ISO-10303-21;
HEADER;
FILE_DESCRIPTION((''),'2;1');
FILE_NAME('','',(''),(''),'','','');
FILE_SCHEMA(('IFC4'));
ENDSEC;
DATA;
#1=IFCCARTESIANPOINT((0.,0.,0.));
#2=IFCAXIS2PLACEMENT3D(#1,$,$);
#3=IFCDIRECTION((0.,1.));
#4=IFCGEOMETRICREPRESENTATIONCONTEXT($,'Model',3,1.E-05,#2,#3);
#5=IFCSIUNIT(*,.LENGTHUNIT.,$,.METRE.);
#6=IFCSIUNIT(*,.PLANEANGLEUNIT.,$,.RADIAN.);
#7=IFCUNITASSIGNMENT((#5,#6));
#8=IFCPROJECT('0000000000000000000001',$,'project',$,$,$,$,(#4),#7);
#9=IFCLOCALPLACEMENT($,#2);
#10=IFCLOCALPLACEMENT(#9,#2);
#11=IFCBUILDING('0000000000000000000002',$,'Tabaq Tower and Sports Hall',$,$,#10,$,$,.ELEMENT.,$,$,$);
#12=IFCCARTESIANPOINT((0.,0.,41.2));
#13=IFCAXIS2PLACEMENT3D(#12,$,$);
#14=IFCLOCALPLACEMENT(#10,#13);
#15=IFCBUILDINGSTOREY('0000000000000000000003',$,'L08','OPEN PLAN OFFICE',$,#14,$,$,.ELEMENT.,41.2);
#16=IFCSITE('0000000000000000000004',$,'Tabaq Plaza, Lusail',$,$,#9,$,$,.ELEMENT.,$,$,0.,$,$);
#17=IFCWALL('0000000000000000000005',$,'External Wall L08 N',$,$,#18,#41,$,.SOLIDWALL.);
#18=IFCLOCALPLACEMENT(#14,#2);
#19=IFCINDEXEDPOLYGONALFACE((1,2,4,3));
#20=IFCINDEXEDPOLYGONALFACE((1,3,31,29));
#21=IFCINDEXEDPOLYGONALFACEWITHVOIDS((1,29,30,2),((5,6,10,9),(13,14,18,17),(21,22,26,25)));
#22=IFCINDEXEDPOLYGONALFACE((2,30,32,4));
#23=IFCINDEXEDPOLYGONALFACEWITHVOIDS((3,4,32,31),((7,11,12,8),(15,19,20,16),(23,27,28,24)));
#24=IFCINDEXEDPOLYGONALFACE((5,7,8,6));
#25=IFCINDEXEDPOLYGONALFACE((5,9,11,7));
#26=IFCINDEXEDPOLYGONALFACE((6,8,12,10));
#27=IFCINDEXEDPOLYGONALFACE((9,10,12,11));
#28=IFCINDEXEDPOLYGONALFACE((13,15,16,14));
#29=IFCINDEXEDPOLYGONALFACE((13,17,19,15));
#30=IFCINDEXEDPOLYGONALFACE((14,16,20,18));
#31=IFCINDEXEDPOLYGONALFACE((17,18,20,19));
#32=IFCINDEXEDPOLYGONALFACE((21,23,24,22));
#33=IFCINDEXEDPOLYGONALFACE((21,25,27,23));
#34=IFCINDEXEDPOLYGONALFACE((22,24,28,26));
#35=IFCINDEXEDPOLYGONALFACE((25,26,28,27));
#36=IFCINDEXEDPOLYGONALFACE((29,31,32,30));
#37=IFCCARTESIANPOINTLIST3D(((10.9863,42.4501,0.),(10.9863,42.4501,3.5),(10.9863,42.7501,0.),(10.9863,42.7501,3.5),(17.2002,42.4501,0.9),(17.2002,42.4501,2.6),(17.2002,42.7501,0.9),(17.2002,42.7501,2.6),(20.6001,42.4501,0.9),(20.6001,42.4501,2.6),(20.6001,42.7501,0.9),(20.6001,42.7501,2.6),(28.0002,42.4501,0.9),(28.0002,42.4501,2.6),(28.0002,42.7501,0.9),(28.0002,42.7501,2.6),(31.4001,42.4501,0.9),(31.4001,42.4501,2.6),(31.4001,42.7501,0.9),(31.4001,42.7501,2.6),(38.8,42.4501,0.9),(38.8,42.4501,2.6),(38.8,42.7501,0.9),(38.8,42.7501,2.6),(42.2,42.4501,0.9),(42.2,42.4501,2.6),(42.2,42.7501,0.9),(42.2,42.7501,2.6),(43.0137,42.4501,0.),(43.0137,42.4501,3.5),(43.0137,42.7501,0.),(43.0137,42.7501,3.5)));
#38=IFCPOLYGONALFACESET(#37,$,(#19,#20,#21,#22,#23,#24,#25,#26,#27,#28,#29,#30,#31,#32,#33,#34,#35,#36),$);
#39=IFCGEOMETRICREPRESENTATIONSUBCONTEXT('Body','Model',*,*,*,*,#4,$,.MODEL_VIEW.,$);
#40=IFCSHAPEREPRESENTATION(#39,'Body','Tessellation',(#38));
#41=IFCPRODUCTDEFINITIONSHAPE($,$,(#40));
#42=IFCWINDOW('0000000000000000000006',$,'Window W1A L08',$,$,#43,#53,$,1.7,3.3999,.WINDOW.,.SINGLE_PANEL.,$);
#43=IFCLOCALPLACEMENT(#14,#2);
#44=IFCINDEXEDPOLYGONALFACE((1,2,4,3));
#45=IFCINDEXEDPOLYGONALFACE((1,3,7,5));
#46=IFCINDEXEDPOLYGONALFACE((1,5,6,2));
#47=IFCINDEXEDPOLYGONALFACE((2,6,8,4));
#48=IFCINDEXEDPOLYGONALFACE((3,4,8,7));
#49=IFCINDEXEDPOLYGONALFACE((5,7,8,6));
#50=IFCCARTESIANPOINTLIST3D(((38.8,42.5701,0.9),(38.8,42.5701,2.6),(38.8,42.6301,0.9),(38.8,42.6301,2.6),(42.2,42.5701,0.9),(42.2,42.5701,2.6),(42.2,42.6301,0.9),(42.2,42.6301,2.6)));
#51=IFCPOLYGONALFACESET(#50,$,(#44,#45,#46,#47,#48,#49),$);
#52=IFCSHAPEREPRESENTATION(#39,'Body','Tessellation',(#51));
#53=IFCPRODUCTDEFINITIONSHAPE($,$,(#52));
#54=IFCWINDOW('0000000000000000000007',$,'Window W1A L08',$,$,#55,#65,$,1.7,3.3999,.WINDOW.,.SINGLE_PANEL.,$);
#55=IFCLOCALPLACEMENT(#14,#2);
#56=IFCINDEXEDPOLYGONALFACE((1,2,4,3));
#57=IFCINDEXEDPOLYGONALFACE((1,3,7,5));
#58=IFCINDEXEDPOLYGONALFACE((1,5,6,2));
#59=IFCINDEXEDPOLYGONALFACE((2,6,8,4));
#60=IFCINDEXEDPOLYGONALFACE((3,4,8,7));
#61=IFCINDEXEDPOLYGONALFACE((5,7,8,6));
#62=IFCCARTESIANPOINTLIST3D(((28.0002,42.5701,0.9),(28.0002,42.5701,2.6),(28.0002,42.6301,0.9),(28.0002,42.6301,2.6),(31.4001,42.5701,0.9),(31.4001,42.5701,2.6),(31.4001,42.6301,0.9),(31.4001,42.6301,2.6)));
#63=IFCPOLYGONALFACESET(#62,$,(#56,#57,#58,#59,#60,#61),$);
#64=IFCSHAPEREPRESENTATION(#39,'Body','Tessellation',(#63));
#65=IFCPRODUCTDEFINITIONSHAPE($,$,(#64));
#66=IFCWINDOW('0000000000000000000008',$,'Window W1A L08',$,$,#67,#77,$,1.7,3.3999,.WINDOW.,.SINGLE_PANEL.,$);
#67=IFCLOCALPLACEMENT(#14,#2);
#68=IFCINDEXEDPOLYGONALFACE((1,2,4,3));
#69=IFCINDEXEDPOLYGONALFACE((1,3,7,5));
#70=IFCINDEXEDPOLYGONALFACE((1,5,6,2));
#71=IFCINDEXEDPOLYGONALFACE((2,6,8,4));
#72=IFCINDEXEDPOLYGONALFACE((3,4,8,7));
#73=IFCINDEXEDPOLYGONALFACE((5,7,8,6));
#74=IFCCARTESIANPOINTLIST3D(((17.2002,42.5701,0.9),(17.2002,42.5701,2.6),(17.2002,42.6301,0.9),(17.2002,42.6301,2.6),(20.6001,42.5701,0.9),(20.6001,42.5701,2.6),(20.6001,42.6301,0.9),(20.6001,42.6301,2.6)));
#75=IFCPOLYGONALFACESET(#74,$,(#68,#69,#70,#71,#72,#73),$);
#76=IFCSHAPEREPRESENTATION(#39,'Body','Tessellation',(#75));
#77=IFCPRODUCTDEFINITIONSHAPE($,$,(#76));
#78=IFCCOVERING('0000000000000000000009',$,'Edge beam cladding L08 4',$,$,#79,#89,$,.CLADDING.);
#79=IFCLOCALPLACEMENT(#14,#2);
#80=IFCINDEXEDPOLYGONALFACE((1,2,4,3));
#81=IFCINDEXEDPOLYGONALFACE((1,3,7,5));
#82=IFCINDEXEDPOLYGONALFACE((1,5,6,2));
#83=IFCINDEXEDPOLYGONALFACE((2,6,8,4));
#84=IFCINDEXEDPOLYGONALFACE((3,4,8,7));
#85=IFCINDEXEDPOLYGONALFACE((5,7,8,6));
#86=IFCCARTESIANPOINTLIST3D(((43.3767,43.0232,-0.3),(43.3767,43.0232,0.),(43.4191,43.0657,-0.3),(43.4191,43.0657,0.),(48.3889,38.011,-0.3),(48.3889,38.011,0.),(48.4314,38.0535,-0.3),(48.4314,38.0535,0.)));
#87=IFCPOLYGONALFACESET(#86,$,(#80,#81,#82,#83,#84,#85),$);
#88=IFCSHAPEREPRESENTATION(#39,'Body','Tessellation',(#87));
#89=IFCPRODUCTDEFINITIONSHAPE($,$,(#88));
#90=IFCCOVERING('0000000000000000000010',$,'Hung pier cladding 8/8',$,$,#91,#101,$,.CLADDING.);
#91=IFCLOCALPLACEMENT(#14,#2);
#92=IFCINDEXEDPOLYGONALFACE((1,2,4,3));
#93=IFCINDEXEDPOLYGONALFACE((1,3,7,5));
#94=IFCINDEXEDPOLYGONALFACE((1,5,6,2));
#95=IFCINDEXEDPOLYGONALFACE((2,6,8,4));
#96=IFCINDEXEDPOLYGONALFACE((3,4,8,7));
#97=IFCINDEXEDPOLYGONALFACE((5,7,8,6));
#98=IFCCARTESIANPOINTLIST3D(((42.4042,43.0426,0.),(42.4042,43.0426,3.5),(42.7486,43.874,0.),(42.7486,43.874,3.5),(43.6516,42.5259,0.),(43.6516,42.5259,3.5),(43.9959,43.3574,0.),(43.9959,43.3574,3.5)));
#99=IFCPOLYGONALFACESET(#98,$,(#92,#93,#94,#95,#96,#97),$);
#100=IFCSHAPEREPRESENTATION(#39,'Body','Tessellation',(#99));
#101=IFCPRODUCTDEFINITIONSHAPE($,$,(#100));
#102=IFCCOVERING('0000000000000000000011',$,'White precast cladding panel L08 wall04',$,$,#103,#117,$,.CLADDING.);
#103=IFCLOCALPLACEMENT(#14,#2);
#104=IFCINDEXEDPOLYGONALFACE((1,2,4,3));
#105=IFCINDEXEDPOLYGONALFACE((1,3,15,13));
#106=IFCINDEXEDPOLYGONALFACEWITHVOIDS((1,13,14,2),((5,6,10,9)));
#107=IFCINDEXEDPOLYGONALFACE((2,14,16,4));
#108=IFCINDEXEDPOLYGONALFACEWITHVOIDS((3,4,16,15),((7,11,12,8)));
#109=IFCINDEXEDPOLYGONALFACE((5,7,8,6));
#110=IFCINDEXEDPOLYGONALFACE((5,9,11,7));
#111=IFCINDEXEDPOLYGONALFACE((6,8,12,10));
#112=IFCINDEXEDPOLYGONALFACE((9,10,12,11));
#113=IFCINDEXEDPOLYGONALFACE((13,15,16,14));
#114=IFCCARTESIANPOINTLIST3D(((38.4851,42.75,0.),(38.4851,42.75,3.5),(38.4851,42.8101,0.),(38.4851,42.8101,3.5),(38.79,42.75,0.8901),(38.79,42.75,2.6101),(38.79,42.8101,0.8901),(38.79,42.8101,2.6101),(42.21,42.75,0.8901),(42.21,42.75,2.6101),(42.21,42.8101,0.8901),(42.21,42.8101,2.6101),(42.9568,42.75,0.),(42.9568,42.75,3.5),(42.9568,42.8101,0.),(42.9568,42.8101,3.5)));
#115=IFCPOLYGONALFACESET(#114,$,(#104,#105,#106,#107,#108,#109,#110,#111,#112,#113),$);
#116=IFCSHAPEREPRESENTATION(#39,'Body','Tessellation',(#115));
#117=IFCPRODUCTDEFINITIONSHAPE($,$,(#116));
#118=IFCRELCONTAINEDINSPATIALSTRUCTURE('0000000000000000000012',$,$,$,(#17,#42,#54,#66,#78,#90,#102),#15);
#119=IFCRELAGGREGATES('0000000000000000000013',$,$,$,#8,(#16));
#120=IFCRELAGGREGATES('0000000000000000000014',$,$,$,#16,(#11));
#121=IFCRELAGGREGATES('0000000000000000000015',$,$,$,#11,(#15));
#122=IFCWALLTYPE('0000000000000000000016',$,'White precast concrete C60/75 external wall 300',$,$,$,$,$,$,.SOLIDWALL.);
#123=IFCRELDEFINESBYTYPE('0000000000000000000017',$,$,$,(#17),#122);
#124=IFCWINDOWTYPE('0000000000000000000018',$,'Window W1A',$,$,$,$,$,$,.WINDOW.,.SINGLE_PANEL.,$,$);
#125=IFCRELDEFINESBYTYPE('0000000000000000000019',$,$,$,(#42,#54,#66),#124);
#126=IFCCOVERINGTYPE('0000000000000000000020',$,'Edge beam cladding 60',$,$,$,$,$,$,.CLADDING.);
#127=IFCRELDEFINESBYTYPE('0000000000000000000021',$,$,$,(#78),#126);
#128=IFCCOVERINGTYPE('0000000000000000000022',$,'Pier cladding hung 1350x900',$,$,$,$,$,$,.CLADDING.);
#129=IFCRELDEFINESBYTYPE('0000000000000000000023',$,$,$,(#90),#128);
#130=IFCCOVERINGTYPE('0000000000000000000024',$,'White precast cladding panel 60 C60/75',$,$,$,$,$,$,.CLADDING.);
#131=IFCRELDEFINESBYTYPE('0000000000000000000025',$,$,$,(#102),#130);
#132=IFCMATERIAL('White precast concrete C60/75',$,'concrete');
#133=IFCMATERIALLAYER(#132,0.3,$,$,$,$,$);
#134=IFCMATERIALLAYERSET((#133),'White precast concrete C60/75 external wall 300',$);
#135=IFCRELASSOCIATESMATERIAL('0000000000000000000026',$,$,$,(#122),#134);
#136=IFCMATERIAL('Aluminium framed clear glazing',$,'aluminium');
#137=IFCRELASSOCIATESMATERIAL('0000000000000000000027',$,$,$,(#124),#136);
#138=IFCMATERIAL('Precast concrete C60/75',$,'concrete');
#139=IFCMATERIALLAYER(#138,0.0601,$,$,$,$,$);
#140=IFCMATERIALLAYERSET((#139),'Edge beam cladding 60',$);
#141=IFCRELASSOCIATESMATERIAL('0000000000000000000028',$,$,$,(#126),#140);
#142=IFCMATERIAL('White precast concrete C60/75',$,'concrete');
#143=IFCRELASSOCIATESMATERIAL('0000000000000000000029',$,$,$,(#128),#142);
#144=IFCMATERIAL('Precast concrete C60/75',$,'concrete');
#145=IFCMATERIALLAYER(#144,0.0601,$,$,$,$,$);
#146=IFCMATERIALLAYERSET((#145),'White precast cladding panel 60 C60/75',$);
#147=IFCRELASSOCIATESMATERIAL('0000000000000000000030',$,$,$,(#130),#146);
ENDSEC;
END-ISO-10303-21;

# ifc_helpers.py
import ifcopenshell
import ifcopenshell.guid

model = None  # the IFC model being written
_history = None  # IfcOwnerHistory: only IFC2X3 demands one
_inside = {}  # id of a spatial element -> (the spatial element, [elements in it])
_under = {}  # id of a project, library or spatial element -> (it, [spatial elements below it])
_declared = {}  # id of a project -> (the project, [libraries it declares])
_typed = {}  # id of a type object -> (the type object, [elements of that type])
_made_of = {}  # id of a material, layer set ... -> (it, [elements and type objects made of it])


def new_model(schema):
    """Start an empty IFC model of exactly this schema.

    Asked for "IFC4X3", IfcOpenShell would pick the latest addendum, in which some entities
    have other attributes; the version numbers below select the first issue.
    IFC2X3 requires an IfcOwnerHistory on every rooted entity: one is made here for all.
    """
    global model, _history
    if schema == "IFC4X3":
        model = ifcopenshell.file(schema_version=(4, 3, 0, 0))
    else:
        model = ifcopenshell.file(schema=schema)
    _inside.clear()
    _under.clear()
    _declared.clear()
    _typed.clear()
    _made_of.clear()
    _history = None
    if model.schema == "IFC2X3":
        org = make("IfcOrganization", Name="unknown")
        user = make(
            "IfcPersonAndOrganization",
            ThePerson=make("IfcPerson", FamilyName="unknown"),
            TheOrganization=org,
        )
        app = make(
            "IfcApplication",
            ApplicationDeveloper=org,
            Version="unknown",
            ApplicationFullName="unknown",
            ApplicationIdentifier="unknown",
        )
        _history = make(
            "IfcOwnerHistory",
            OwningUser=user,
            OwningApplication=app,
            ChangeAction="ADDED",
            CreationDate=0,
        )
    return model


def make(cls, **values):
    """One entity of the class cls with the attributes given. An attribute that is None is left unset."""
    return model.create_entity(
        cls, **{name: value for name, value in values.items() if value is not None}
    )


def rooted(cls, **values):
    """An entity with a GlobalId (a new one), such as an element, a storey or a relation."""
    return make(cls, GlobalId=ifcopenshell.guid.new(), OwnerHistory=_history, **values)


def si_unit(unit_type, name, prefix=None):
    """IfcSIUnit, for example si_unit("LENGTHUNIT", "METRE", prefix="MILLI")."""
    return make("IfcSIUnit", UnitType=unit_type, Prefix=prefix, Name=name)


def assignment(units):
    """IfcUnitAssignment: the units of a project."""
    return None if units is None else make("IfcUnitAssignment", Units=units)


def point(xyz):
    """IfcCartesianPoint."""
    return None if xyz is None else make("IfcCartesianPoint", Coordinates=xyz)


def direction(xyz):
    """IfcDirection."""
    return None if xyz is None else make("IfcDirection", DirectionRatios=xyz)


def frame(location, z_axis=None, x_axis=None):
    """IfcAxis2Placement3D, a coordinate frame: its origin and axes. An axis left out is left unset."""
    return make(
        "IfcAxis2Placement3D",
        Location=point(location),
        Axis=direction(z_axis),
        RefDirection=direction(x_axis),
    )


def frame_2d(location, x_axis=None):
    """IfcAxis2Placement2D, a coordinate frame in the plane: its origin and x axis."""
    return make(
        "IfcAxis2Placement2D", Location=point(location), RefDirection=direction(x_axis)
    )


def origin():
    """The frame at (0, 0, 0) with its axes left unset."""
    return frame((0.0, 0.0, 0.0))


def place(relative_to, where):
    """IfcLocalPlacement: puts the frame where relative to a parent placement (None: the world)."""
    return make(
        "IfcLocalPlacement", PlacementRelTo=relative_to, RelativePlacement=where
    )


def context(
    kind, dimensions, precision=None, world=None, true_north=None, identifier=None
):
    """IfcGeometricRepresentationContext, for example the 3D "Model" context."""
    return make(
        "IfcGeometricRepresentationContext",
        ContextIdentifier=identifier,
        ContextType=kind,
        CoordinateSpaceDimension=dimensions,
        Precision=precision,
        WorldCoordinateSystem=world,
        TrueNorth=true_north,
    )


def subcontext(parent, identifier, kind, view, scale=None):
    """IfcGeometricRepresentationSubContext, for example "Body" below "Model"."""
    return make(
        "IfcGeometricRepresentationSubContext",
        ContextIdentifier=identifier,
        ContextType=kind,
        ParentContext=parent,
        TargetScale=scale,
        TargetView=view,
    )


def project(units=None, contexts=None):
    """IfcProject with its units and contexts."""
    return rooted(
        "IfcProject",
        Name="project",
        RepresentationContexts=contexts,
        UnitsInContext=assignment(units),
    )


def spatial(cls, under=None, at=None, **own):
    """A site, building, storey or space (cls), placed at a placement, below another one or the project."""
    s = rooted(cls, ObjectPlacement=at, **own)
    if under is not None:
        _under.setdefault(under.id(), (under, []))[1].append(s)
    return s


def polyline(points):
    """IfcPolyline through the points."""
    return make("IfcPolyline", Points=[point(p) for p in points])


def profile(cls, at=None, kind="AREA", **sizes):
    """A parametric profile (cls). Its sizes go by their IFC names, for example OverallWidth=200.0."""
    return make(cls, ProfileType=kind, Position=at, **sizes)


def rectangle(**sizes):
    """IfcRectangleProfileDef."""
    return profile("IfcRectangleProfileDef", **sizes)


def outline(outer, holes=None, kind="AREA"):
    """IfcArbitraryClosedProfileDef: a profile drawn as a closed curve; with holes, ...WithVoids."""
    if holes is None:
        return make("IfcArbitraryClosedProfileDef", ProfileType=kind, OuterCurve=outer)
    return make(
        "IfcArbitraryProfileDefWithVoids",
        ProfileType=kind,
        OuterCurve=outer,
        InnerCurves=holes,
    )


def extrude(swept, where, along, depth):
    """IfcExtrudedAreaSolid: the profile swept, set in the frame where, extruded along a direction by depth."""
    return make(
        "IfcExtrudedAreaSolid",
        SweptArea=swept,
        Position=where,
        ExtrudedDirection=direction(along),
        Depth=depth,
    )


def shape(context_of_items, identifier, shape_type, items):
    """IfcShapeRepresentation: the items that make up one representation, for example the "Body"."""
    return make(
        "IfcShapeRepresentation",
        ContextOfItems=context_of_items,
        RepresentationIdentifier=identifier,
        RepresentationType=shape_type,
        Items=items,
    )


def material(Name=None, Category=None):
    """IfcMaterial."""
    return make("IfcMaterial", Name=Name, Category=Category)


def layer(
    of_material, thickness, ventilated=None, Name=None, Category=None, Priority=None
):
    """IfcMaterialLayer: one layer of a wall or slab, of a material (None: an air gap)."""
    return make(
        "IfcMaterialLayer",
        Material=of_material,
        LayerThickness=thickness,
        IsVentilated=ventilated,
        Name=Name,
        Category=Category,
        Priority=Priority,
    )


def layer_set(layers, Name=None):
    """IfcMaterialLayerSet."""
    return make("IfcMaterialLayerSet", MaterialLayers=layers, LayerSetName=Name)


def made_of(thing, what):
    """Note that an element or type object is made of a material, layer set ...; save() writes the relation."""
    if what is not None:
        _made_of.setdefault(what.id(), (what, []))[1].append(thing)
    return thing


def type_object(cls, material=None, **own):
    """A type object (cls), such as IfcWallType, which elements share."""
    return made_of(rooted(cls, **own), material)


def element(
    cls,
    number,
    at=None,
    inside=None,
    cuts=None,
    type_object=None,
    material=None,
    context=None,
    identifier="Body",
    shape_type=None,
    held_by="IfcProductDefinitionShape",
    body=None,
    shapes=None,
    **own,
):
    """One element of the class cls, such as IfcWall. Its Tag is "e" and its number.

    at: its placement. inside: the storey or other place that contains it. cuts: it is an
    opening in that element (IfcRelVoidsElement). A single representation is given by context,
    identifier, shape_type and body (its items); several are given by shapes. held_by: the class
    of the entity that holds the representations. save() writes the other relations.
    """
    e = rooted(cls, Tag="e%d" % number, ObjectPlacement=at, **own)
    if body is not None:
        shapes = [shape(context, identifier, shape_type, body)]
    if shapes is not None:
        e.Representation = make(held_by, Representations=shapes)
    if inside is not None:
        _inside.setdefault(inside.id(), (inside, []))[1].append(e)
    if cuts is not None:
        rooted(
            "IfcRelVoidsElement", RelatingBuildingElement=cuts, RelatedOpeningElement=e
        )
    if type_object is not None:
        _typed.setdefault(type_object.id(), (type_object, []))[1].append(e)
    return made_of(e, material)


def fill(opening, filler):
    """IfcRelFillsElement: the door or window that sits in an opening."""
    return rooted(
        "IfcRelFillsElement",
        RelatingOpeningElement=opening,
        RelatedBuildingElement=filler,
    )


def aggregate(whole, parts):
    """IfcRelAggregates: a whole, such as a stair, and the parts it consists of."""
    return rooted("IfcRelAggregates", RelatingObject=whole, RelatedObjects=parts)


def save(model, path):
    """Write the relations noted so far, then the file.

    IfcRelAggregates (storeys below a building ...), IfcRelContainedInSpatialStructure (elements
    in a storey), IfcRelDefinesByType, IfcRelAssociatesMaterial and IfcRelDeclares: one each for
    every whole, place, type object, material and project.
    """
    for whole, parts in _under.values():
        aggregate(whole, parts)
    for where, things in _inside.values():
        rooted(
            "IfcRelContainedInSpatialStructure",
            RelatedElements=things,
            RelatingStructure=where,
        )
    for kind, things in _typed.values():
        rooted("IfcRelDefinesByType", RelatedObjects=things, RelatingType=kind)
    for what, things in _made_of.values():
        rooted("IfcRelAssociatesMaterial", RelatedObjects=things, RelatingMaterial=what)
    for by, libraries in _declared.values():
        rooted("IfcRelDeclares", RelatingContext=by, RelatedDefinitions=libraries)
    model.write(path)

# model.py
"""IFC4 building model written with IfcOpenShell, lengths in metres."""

from ifc_helpers import new_model, si_unit, direction, frame, frame_2d, origin, place, context, subcontext, project, spatial, polyline, rectangle, outline, extrude, material, layer, layer_set, type_object, element, fill, save


model = new_model("IFC4")

# Units and contexts
model_context = context("Model", 3, precision=1e-05, world=origin(), true_north=direction((0.0, 1.0)))
body_context = subcontext(model_context, "Body", "Model", "MODEL_VIEW")
ifc_project = project(units=[si_unit("LENGTHUNIT", "METRE"), si_unit("PLANEANGLEUNIT", "RADIAN")], contexts=[model_context])

# Site, building, storey
site_placement = place(None, origin())
site = spatial("IfcSite", under=ifc_project, at=site_placement, Name="Tabaq Plaza, Lusail", CompositionType="ELEMENT", RefElevation=0.0)
building_placement = place(site_placement, origin())
building = spatial("IfcBuilding", under=site, at=building_placement, Name="Tabaq Tower and Sports Hall", CompositionType="ELEMENT")
storey_placement = place(building_placement, frame((0.0, 0.0, 41.2)))
storey = spatial("IfcBuildingStorey", under=building, at=storey_placement, Name="L08", Description="OPEN PLAN OFFICE", CompositionType="ELEMENT", Elevation=41.2)

# Wall, openings, windows
ifc_material_1 = material(Name="White precast concrete C60/75", Category="concrete")
ifc_layer_1 = layer(ifc_material_1, 0.3)
ifc_layer_set_1 = layer_set([ifc_layer_1], Name="White precast concrete C60/75 external wall 300")
wall_type_1 = type_object("IfcWallType", Name="White precast concrete C60/75 external wall 300", PredefinedType="SOLIDWALL", material=ifc_layer_set_1)
wall_1_placement = place(storey_placement, frame((43.0137, 42.6001, 0.0), z_axis=(0.0, 0.0, 1.0), x_axis=(-1.0, 0.0, 0.0)))
wall_1 = element("IfcWall", 1, at=wall_1_placement, inside=storey, type_object=wall_type_1, Name="External Wall L08 N", PredefinedType="SOLIDWALL", context=body_context, shape_type="SweptSolid", body=[
    extrude(rectangle(XDim=32.0273, YDim=0.3, at=frame_2d((16.0137, 0.0))), origin(), (0.0, 0.0, 1.0), 3.5),
])
opening_1_placement = place(wall_1_placement, frame((0.8137, 0.0, 0.8999)))
opening_1 = element("IfcOpeningElement", 2, at=opening_1_placement, cuts=wall_1, PredefinedType="OPENING", context=body_context, shape_type="SweptSolid", body=[
    extrude(rectangle(XDim=3.3999, YDim=1.7, at=frame_2d((1.7, 0.8501))), frame((0.0, 0.1602, 0.0), z_axis=(0.0, -1.0, 0.0), x_axis=(1.0, 0.0, 0.0)), (0.0, 0.0, 1.0), 0.3201),
])
opening_2_placement = place(wall_1_placement, frame((11.6135, 0.0, 0.8999)))
opening_2 = element("IfcOpeningElement", 3, at=opening_2_placement, cuts=wall_1, PredefinedType="OPENING", context=body_context, shape_type="SweptSolid", body=[
    extrude(rectangle(XDim=3.3999, YDim=1.7, at=frame_2d((1.7, 0.8501))), frame((0.0, 0.1602, 0.0), z_axis=(0.0, -1.0, 0.0), x_axis=(1.0, 0.0, 0.0)), (0.0, 0.0, 1.0), 0.3201),
])
opening_3_placement = place(wall_1_placement, frame((22.4136, 0.0, 0.8999)))
opening_3 = element("IfcOpeningElement", 4, at=opening_3_placement, cuts=wall_1, PredefinedType="OPENING", context=body_context, shape_type="SweptSolid", body=[
    extrude(rectangle(XDim=3.3999, YDim=1.7, at=frame_2d((1.7, 0.8501))), frame((0.0, 0.1602, 0.0), z_axis=(0.0, -1.0, 0.0), x_axis=(1.0, 0.0, 0.0)), (0.0, 0.0, 1.0), 0.3201),
])
ifc_material_2 = material(Name="Aluminium framed clear glazing", Category="aluminium")
window_type = type_object("IfcWindowType", Name="Window W1A", PartitioningType="SINGLE_PANEL", PredefinedType="WINDOW", material=ifc_material_2)
window_1_placement = place(opening_1_placement, origin())
window_1 = element("IfcWindow", 5, at=window_1_placement, inside=storey, type_object=window_type, Name="Window W1A L08", OverallHeight=1.7, OverallWidth=3.3999, PartitioningType="SINGLE_PANEL", PredefinedType="WINDOW", context=body_context, shape_type="SweptSolid", body=[
    extrude(rectangle(XDim=3.3999, YDim=1.7, at=frame_2d((1.7, 0.8501))), frame((0.0, 0.03, 0.0), z_axis=(0.0, -1.0, 0.0), x_axis=(1.0, 0.0, 0.0)), (0.0, 0.0, 1.0), 0.0601),
])
fill(opening_1, window_1)
window_2_placement = place(opening_2_placement, origin())
window_2 = element("IfcWindow", 6, at=window_2_placement, inside=storey, type_object=window_type, Name="Window W1A L08", OverallHeight=1.7, OverallWidth=3.3999, PartitioningType="SINGLE_PANEL", PredefinedType="WINDOW", context=body_context, shape_type="SweptSolid", body=[
    extrude(rectangle(XDim=3.3999, YDim=1.7, at=frame_2d((1.7, 0.8501))), frame((0.0, 0.03, 0.0), z_axis=(0.0, -1.0, 0.0), x_axis=(1.0, 0.0, 0.0)), (0.0, 0.0, 1.0), 0.0601),
])
fill(opening_2, window_2)
window_3_placement = place(opening_3_placement, origin())
window_3 = element("IfcWindow", 7, at=window_3_placement, inside=storey, type_object=window_type, Name="Window W1A L08", OverallHeight=1.7, OverallWidth=3.3999, PartitioningType="SINGLE_PANEL", PredefinedType="WINDOW", context=body_context, shape_type="SweptSolid", body=[
    extrude(rectangle(XDim=3.3999, YDim=1.7, at=frame_2d((1.7, 0.8501))), frame((0.0, 0.03, 0.0), z_axis=(0.0, -1.0, 0.0), x_axis=(1.0, 0.0, 0.0)), (0.0, 0.0, 1.0), 0.0601),
])
fill(opening_3, window_3)

# Coverings
ifc_material_3 = material(Name="Precast concrete C60/75", Category="concrete")
ifc_layer_2 = layer(ifc_material_3, 0.0601)
ifc_layer_set_2 = layer_set([ifc_layer_2], Name="Edge beam cladding 60")
covering_type_1 = type_object("IfcCoveringType", Name="Edge beam cladding 60", PredefinedType="CLADDING", material=ifc_layer_set_2)
covering_1_placement = place(storey_placement, frame((48.4102, 38.0322, -0.3), z_axis=(0.0, 0.0, 1.0), x_axis=(-0.707107, 0.707107, 0.0)))
element("IfcCovering", 8, at=covering_1_placement, inside=storey, type_object=covering_type_1, Name="Edge beam cladding L08 4", PredefinedType="CLADDING", context=body_context, shape_type="SweptSolid", body=[
    extrude(rectangle(XDim=7.0884, YDim=0.0601, at=frame_2d((3.5442, 0.0))), origin(), (0.0, 0.0, 1.0), 0.3),
])
ifc_material_4 = material(Name="White precast concrete C60/75", Category="concrete")
covering_type_2 = type_object("IfcCoveringType", Name="Pier cladding hung 1350x900", PredefinedType="CLADDING", material=ifc_material_4)
covering_2_placement = place(storey_placement, frame((43.8237, 42.9417, 0.0), z_axis=(0.0, 0.0, 1.0), x_axis=(-0.923893, 0.38265, 0.0)))
element("IfcCovering", 9, at=covering_2_placement, inside=storey, type_object=covering_type_2, Name="Hung pier cladding 8/8", PredefinedType="CLADDING", context=body_context, shape_type="SweptSolid", body=[
    extrude(rectangle(XDim=1.3501, YDim=0.8999, at=frame_2d((0.675, 0.0))), origin(), (0.0, 0.0, 1.0), 3.5),
])
ifc_material_5 = material(Name="Precast concrete C60/75", Category="concrete")
ifc_layer_3 = layer(ifc_material_5, 0.0601)
ifc_layer_set_3 = layer_set([ifc_layer_3], Name="White precast cladding panel 60 C60/75")
covering_type_3 = type_object("IfcCoveringType", Name="White precast cladding panel 60 C60/75", PredefinedType="CLADDING", material=ifc_layer_set_3)
covering_3_placement = place(storey_placement, frame((42.9568, 42.78, 0.0), z_axis=(0.0, 0.0, 1.0), x_axis=(-1.0, 0.0, 0.0)))
element("IfcCovering", 10, at=covering_3_placement, inside=storey, type_object=covering_type_3, Name="White precast cladding panel L08 wall04", PredefinedType="CLADDING", context=body_context, shape_type="SweptSolid", body=[
    extrude(outline(polyline([(0.0, 0.0), (4.4717, 0.0), (4.4717, 3.5), (0.0, 3.5), (0.0, 0.0)]), holes=[polyline([(0.7468, 0.8901), (0.7468, 2.6101), (4.1667, 2.6101), (4.1667, 0.8901), (0.7468, 0.8901)])]), frame((0.0, 0.03, 0.0), z_axis=(0.0, -1.0, 0.0), x_axis=(1.0, 0.0, 0.0)), (0.0, 0.0, 1.0), 0.0601),
])

save(model, "model.ifc")
